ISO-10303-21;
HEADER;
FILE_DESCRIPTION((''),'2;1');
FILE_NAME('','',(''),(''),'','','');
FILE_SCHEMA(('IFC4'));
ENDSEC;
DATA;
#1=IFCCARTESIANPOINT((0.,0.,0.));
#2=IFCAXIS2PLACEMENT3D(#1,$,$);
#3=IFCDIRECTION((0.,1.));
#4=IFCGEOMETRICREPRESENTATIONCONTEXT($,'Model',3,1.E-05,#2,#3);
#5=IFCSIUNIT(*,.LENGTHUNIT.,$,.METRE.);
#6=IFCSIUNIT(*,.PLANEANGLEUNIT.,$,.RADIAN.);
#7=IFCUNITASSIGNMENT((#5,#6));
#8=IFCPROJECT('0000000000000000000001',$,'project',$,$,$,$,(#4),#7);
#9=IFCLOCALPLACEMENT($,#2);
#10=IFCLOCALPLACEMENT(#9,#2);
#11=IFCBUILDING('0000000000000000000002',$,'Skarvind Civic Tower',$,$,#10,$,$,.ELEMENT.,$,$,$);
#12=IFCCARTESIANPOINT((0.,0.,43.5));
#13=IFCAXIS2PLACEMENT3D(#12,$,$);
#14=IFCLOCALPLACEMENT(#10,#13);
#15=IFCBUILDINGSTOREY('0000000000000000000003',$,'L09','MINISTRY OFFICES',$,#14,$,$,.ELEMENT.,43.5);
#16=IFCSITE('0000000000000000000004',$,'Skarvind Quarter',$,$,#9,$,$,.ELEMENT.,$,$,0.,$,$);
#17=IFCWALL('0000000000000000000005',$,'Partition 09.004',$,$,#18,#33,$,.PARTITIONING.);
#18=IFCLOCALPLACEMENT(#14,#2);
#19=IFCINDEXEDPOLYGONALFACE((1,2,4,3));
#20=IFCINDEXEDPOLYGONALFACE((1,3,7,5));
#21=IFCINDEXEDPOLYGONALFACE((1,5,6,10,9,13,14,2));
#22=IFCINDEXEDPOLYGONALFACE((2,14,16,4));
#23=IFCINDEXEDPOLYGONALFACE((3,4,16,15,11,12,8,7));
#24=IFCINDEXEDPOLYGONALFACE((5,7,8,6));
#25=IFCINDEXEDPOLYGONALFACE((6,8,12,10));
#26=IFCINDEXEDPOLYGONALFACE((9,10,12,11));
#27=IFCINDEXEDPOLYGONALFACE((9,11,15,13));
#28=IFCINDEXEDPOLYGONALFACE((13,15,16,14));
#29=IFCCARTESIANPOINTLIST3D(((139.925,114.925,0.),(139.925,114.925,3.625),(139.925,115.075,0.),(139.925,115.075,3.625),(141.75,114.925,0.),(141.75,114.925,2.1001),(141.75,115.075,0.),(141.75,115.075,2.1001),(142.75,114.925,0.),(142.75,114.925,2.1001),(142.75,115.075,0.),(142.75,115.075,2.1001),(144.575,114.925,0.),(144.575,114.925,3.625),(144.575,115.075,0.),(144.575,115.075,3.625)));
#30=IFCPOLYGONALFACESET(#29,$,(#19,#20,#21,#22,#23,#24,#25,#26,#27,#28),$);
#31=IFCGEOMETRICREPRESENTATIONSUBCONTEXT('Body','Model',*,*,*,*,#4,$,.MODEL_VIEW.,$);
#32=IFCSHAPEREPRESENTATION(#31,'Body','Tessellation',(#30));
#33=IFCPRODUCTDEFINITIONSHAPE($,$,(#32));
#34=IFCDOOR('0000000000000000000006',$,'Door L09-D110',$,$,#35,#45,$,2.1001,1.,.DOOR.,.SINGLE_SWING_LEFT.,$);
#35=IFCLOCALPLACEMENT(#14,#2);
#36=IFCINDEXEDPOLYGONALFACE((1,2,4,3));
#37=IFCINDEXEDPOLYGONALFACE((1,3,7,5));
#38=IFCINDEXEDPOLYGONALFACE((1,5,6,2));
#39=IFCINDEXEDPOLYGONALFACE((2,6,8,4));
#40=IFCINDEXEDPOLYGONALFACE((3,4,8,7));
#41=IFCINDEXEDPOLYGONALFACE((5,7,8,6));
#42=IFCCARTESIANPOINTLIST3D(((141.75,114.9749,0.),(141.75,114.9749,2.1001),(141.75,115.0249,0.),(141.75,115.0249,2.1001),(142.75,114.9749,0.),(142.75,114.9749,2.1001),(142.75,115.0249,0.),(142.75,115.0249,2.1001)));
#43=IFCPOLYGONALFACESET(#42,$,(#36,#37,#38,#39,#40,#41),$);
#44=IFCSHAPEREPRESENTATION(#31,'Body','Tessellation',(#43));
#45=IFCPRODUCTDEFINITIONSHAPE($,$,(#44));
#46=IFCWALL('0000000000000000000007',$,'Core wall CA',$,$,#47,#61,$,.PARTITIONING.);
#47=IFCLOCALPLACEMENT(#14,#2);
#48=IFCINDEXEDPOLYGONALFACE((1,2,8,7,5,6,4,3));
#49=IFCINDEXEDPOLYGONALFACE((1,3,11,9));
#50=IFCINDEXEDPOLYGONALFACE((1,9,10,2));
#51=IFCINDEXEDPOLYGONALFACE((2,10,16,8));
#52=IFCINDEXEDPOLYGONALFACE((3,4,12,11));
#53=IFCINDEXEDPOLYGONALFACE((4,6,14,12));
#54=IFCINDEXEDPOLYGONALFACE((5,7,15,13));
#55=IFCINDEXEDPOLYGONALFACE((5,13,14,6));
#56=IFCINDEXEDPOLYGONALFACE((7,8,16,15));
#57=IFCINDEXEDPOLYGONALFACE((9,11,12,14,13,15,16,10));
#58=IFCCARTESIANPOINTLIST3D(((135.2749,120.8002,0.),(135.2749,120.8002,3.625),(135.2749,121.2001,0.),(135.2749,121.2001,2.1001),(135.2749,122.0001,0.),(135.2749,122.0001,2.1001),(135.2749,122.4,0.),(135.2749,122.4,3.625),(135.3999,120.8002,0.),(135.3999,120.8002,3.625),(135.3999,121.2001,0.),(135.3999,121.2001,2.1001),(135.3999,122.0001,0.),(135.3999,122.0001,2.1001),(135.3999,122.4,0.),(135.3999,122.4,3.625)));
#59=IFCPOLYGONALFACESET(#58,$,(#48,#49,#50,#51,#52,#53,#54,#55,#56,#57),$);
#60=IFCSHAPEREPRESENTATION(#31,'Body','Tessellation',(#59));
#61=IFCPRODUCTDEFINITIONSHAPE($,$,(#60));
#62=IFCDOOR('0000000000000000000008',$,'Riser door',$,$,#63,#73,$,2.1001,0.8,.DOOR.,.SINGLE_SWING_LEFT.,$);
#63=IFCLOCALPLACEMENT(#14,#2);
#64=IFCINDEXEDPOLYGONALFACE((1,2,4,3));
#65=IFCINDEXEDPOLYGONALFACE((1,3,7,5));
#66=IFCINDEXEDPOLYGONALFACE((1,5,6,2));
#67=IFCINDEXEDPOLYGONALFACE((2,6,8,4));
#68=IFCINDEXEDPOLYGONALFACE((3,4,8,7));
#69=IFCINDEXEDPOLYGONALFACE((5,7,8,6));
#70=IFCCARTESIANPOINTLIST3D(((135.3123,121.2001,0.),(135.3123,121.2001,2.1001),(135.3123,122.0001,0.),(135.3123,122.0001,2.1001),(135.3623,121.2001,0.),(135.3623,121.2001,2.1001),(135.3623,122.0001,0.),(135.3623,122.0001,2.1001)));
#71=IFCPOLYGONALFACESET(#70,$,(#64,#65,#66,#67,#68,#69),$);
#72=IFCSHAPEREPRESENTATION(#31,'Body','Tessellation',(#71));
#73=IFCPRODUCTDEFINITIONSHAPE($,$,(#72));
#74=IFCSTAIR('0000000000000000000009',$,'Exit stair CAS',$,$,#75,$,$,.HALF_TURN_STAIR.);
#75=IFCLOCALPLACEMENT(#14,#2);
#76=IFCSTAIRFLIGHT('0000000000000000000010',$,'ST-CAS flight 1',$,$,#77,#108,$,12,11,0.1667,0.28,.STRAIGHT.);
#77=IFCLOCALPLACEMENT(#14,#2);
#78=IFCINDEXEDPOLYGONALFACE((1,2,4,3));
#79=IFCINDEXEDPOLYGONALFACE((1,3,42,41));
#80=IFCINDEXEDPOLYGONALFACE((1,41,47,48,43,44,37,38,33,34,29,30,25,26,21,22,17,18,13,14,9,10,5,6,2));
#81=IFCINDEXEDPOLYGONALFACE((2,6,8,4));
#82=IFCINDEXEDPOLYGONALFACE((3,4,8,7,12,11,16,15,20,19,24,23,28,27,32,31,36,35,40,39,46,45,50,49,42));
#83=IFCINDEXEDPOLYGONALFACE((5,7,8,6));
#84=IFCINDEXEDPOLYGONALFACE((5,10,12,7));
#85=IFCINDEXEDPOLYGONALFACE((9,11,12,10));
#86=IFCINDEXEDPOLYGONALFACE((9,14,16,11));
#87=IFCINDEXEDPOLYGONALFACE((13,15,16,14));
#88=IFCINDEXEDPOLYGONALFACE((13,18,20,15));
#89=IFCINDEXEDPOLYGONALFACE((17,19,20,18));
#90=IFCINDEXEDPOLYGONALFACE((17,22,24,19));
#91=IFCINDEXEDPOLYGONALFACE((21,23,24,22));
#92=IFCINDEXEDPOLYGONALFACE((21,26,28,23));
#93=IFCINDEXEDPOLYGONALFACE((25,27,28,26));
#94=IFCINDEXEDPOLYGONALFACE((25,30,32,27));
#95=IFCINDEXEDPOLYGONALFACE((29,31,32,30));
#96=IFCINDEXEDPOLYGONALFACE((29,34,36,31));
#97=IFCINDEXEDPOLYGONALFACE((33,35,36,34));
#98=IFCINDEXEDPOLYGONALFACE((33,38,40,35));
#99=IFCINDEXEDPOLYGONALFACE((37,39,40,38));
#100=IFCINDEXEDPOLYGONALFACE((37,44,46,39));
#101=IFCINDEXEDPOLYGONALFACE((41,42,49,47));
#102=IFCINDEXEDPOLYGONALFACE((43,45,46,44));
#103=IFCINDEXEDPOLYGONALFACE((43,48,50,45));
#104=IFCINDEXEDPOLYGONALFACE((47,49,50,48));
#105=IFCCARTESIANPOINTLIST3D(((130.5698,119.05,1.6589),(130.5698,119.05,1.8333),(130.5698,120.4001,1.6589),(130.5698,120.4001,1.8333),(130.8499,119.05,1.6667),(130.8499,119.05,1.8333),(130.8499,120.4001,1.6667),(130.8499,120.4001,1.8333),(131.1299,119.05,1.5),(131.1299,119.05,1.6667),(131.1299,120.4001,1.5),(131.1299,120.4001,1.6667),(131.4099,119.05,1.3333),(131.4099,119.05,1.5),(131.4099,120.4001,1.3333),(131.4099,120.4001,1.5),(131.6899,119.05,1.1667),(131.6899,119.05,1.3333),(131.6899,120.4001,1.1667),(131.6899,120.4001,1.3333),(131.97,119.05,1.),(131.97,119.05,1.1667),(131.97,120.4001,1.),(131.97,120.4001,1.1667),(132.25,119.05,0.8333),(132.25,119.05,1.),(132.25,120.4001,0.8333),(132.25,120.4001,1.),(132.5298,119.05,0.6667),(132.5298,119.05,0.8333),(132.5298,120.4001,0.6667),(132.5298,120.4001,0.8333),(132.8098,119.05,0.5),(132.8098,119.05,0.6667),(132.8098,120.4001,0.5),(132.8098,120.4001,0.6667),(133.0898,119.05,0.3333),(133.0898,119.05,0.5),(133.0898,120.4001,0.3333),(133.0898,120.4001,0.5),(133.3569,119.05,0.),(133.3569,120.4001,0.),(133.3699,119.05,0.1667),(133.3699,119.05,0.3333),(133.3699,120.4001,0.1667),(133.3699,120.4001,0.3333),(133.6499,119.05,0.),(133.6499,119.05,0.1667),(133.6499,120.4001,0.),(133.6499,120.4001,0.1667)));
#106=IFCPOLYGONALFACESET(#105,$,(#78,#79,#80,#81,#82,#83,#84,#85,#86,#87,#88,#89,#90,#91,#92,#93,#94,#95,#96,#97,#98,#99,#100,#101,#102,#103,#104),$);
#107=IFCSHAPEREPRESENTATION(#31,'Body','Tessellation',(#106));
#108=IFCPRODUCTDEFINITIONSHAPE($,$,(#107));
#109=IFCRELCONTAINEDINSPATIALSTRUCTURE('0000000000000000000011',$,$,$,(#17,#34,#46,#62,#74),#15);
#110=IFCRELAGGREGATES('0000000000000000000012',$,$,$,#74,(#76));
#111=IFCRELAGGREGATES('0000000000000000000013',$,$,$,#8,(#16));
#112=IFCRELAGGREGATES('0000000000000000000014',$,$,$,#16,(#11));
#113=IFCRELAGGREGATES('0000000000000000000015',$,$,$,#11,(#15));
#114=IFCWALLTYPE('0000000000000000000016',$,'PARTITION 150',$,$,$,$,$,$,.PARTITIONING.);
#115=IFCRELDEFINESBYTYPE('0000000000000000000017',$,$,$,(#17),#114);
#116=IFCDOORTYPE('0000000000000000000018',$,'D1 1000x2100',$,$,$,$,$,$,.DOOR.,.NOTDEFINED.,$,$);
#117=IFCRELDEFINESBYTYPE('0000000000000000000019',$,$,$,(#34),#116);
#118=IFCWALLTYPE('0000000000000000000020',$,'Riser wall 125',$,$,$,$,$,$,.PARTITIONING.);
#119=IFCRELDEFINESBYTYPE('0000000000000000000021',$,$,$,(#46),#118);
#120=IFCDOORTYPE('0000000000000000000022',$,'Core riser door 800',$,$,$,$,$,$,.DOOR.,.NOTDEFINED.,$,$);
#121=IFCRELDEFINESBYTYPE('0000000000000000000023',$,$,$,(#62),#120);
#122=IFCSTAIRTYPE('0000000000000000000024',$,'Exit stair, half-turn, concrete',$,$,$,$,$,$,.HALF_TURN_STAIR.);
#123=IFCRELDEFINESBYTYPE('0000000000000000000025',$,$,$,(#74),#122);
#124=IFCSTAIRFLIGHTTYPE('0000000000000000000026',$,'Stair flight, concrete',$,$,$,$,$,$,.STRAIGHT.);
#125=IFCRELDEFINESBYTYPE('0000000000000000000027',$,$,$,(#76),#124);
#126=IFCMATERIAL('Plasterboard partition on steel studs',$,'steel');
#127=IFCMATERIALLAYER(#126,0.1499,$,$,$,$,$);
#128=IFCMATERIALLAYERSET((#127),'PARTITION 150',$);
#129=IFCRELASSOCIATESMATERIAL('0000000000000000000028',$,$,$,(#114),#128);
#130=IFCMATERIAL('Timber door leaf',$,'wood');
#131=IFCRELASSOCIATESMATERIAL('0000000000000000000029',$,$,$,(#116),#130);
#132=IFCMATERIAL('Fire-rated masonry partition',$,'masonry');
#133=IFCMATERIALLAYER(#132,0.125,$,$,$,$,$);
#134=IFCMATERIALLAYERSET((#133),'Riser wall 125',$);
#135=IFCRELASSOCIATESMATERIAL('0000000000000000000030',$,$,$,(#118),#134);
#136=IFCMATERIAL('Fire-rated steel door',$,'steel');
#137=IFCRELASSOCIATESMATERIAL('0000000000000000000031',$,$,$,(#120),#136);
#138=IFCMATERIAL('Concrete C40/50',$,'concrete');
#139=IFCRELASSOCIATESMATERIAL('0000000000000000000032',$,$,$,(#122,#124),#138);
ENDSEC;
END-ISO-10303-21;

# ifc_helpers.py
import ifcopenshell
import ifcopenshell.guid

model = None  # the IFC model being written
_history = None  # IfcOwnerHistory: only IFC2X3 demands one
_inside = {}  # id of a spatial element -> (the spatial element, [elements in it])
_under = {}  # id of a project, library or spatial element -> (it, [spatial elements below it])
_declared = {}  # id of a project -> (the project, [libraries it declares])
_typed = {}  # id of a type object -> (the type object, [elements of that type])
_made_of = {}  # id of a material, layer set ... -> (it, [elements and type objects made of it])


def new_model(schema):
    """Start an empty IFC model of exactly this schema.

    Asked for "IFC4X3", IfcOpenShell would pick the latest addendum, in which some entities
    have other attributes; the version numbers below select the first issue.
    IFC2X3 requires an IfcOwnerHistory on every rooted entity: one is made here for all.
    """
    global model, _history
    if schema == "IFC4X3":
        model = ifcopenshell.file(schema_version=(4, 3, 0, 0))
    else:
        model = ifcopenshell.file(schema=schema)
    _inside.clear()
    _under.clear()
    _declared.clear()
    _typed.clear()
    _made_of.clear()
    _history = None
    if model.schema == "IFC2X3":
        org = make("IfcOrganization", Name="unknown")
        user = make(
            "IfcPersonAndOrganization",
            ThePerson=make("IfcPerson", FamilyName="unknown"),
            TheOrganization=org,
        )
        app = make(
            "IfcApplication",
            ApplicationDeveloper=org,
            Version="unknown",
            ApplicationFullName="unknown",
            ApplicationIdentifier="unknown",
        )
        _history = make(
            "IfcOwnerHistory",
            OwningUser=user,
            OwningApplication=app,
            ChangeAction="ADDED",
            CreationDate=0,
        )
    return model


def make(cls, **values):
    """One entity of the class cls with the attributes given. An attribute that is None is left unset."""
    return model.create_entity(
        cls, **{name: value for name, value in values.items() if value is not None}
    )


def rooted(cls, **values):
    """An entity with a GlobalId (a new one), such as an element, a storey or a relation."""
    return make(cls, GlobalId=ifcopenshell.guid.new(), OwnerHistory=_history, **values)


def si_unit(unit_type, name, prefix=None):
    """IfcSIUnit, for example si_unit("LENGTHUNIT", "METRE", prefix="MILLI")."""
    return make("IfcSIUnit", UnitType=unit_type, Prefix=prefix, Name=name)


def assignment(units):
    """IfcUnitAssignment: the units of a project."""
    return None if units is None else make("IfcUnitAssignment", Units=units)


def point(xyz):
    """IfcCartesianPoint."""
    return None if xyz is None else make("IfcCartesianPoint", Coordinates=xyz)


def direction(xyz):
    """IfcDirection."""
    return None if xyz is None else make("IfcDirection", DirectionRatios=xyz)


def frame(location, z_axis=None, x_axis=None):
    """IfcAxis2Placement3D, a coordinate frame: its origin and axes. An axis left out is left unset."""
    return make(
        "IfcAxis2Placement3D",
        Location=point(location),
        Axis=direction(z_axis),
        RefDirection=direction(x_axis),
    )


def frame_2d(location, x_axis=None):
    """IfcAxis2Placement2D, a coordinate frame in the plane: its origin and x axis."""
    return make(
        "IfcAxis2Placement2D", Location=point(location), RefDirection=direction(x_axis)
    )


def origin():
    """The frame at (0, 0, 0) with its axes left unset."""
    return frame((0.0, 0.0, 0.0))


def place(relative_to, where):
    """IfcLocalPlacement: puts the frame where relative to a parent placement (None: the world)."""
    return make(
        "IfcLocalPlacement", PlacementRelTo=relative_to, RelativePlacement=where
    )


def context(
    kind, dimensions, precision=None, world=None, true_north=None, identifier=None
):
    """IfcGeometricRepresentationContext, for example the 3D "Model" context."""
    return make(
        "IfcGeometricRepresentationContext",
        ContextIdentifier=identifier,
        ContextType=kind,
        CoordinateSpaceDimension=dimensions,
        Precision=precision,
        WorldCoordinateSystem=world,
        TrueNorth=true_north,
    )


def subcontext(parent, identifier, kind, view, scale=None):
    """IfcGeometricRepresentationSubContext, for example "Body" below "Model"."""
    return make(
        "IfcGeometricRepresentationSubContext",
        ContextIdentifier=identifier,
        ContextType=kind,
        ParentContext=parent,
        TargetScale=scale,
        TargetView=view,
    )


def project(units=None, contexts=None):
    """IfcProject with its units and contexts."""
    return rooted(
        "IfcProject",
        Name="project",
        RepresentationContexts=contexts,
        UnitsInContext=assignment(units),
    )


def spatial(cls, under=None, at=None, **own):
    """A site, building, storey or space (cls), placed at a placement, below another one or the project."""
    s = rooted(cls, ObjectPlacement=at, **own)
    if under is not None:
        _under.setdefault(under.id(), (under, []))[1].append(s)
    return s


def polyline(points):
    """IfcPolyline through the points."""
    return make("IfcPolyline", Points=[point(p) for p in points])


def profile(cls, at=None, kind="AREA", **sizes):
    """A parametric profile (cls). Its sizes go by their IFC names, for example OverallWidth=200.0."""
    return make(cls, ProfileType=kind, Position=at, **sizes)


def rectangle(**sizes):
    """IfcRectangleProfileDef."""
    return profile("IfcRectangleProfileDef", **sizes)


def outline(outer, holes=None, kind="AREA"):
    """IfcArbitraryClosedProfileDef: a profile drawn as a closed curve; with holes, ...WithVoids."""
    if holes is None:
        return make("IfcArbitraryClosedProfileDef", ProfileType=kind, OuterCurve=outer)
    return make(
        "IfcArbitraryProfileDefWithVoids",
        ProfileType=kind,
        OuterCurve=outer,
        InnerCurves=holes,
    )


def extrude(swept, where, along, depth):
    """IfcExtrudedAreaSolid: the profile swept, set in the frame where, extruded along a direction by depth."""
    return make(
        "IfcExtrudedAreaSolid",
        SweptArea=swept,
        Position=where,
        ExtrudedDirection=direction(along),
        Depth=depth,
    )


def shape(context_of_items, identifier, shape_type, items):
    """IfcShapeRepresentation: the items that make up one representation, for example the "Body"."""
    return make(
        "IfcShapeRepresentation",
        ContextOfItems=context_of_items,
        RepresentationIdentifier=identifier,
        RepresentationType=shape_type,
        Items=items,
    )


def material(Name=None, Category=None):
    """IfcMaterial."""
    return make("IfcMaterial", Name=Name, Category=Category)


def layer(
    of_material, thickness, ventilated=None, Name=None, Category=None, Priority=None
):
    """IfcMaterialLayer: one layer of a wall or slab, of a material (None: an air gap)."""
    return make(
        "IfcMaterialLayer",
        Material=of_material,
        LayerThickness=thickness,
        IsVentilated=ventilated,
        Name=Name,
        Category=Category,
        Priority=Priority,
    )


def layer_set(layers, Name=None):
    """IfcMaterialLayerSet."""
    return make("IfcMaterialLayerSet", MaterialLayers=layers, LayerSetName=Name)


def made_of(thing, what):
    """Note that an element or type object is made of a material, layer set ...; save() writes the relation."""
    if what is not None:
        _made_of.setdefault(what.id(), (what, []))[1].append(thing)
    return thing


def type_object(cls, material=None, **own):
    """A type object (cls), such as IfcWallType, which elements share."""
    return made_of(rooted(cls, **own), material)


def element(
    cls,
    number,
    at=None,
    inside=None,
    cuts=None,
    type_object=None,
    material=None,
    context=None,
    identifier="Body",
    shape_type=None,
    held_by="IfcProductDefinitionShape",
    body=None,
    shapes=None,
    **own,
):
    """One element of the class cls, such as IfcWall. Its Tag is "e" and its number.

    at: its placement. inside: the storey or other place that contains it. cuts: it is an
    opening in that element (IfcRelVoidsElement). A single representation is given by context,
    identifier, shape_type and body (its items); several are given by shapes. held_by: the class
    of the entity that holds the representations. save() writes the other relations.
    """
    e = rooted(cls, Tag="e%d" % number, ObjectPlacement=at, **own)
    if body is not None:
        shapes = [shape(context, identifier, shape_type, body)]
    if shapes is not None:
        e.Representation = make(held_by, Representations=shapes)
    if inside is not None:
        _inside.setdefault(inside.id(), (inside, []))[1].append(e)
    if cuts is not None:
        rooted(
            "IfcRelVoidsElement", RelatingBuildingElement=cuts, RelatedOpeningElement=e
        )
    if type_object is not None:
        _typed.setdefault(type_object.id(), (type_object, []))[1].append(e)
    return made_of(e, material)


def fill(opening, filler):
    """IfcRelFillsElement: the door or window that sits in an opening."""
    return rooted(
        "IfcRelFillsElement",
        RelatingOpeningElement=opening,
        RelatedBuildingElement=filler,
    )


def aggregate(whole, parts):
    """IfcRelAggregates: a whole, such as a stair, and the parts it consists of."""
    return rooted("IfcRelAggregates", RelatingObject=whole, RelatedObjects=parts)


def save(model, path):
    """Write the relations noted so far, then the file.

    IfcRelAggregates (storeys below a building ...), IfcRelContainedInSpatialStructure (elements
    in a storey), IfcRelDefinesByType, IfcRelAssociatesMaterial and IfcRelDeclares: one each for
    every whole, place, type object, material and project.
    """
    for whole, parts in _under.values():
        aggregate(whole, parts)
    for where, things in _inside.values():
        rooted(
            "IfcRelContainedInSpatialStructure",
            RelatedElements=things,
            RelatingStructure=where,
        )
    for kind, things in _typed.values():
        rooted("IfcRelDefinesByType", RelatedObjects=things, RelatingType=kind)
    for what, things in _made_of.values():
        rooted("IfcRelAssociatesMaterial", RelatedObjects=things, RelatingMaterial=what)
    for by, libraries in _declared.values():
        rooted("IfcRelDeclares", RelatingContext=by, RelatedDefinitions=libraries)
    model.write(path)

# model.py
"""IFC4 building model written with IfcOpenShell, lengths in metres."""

from ifc_helpers import new_model, si_unit, direction, frame, frame_2d, origin, place, context, subcontext, project, spatial, polyline, rectangle, outline, extrude, material, layer, layer_set, type_object, element, fill, aggregate, save


model = new_model("IFC4")

# Units and contexts
model_context = context("Model", 3, precision=1e-05, world=origin(), true_north=direction((0.0, 1.0)))
body_context = subcontext(model_context, "Body", "Model", "MODEL_VIEW")
ifc_project = project(units=[si_unit("LENGTHUNIT", "METRE"), si_unit("PLANEANGLEUNIT", "RADIAN")], contexts=[model_context])

# Site, building, storey
site_placement = place(None, origin())
site = spatial("IfcSite", under=ifc_project, at=site_placement, Name="Skarvind Quarter", CompositionType="ELEMENT", RefElevation=0.0)
building_placement = place(site_placement, origin())
building = spatial("IfcBuilding", under=site, at=building_placement, Name="Skarvind Civic Tower", CompositionType="ELEMENT")
storey_placement = place(building_placement, frame((0.0, 0.0, 43.5)))
storey = spatial("IfcBuildingStorey", under=building, at=storey_placement, Name="L09", Description="MINISTRY OFFICES", CompositionType="ELEMENT", Elevation=43.5)

# Shared definitions
ifc_material_1 = material(Name="Timber door leaf", Category="wood")
ifc_material_2 = material(Name="Fire-rated masonry partition", Category="masonry")
ifc_material_3 = material(Name="Fire-rated steel door", Category="steel")

# Walls, openings, doors
ifc_material_4 = material(Name="Plasterboard partition on steel studs", Category="steel")
ifc_layer_1 = layer(ifc_material_4, 0.1499)
ifc_layer_set_1 = layer_set([ifc_layer_1], Name="PARTITION 150")
wall_type_1 = type_object("IfcWallType", Name="PARTITION 150", PredefinedType="PARTITIONING", material=ifc_layer_set_1)
wall_1_placement = place(storey_placement, frame((139.925, 115.0, 0.0), z_axis=(0.0, 0.0, 1.0), x_axis=(1.0, 0.0, 0.0)))
wall_1 = element("IfcWall", 1, at=wall_1_placement, inside=storey, type_object=wall_type_1, Name="Partition 09.004", PredefinedType="PARTITIONING", context=body_context, shape_type="SweptSolid", body=[
    extrude(rectangle(XDim=4.6499, YDim=0.1499, at=frame_2d((2.325, 0.0))), origin(), (0.0, 0.0, 1.0), 3.625),
])
opening_1_placement = place(wall_1_placement, frame((1.825, 0.0, 0.0)))
opening_1 = element("IfcOpeningElement", 2, at=opening_1_placement, cuts=wall_1, PredefinedType="OPENING", context=body_context, shape_type="SweptSolid", body=[
    extrude(rectangle(XDim=1.0, YDim=2.1001, at=frame_2d((0.5, 1.05))), frame((0.0, 0.085, 0.0), z_axis=(0.0, -1.0, 0.0), x_axis=(1.0, 0.0, 0.0)), (0.0, 0.0, 1.0), 0.1699),
])
door_type_1 = type_object("IfcDoorType", Name="D1 1000x2100", OperationType="NOTDEFINED", PredefinedType="DOOR", material=ifc_material_1)
door_1_placement = place(opening_1_placement, origin())
door_1 = element("IfcDoor", 3, at=door_1_placement, inside=storey, type_object=door_type_1, Name="Door L09-D110", OperationType="SINGLE_SWING_LEFT", OverallHeight=2.1001, OverallWidth=1.0, PredefinedType="DOOR", context=body_context, shape_type="SweptSolid", body=[
    extrude(rectangle(XDim=1.0, YDim=2.1001, at=frame_2d((0.5, 1.05))), frame((0.0, 0.0249, 0.0), z_axis=(0.0, -1.0, 0.0), x_axis=(1.0, 0.0, 0.0)), (0.0, 0.0, 1.0), 0.05),
])
fill(opening_1, door_1)
ifc_layer_2 = layer(ifc_material_2, 0.125)
ifc_layer_set_2 = layer_set([ifc_layer_2], Name="Riser wall 125")
wall_type_2 = type_object("IfcWallType", Name="Riser wall 125", PredefinedType="PARTITIONING", material=ifc_layer_set_2)
wall_2_placement = place(storey_placement, frame((135.3374, 122.3999, 0.0), z_axis=(0.0, 0.0, 1.0), x_axis=(0.0, -1.0, 0.0)))
wall_2 = element("IfcWall", 4, at=wall_2_placement, inside=storey, type_object=wall_type_2, Name="Core wall CA", PredefinedType="PARTITIONING", context=body_context, shape_type="SweptSolid", body=[
    extrude(rectangle(XDim=1.5999, YDim=0.125, at=frame_2d((0.7998, 0.0))), origin(), (0.0, 0.0, 1.0), 3.625),
])
opening_2_placement = place(wall_2_placement, frame((0.3999, 0.0, 0.0)))
opening_2 = element("IfcOpeningElement", 5, at=opening_2_placement, cuts=wall_2, PredefinedType="OPENING", context=body_context, shape_type="SweptSolid", body=[
    extrude(rectangle(XDim=0.8, YDim=2.1001, at=frame_2d((0.3999, 1.05))), frame((0.0, 0.0725, 0.0), z_axis=(0.0, -1.0, 0.0), x_axis=(1.0, 0.0, 0.0)), (0.0, 0.0, 1.0), 0.145),
])
door_type_2 = type_object("IfcDoorType", Name="Core riser door 800", OperationType="NOTDEFINED", PredefinedType="DOOR", material=ifc_material_3)
door_2_placement = place(opening_2_placement, origin())
door_2 = element("IfcDoor", 6, at=door_2_placement, inside=storey, type_object=door_type_2, Name="Riser door", OperationType="SINGLE_SWING_LEFT", OverallHeight=2.1001, OverallWidth=0.8, PredefinedType="DOOR", context=body_context, shape_type="SweptSolid", body=[
    extrude(rectangle(XDim=0.8, YDim=2.1001, at=frame_2d((0.3999, 1.05))), frame((0.0, 0.0249, 0.0), z_axis=(0.0, -1.0, 0.0), x_axis=(1.0, 0.0, 0.0)), (0.0, 0.0, 1.0), 0.05),
])
fill(opening_2, door_2)

# Stair, stair flight
ifc_material_5 = material(Name="Concrete C40/50", Category="concrete")
stair_type = type_object("IfcStairType", Name="Exit stair, half-turn, concrete", PredefinedType="HALF_TURN_STAIR", material=ifc_material_5)
stair_placement = place(storey_placement, origin())
stair = element("IfcStair", 7, at=stair_placement, inside=storey, type_object=stair_type, Name="Exit stair CAS", PredefinedType="HALF_TURN_STAIR")
stair_flight_type = type_object("IfcStairFlightType", Name="Stair flight, concrete", PredefinedType="STRAIGHT", material=ifc_material_5)
stair_flight_placement = place(storey_placement, frame((133.6499, 119.7251, 0.0), z_axis=(0.0, 0.0, 1.0), x_axis=(-1.0, 0.0, 0.0)))
stair_flight = element("IfcStairFlight", 8, at=stair_flight_placement, type_object=stair_flight_type, Name="ST-CAS flight 1", NumberOfRisers=12, NumberOfTreads=11, PredefinedType="STRAIGHT", RiserHeight=0.1667, TreadLength=0.28, context=body_context, shape_type="SweptSolid", body=[
    extrude(outline(polyline([(0.0, 0.0), (0.0, 0.1667), (0.28, 0.1667), (0.28, 0.3333), (0.5601, 0.3333), (0.5601, 0.5), (0.8401, 0.5), (0.8401, 0.6667), (1.1201, 0.6667), (1.1201, 0.8333), (1.3999, 0.8333), (1.3999, 1.0), (1.6799, 1.0), (1.6799, 1.1667), (1.96, 1.1667), (1.96, 1.3333), (2.24, 1.3333), (2.24, 1.5), (2.52, 1.5), (2.52, 1.6667), (2.8, 1.6667), (2.8, 1.8333), (3.0801, 1.8333), (3.0801, 2.0), (3.0801, 1.6589), (0.293, 0.0), (0.0, 0.0)])), frame((0.0, 0.675, 0.0), z_axis=(0.0, -1.0, 0.0), x_axis=(1.0, 0.0, 0.0)), (0.0, 0.0, 1.0), 1.3501),
])
aggregate(stair, [stair_flight])

save(model, "model.ifc")
